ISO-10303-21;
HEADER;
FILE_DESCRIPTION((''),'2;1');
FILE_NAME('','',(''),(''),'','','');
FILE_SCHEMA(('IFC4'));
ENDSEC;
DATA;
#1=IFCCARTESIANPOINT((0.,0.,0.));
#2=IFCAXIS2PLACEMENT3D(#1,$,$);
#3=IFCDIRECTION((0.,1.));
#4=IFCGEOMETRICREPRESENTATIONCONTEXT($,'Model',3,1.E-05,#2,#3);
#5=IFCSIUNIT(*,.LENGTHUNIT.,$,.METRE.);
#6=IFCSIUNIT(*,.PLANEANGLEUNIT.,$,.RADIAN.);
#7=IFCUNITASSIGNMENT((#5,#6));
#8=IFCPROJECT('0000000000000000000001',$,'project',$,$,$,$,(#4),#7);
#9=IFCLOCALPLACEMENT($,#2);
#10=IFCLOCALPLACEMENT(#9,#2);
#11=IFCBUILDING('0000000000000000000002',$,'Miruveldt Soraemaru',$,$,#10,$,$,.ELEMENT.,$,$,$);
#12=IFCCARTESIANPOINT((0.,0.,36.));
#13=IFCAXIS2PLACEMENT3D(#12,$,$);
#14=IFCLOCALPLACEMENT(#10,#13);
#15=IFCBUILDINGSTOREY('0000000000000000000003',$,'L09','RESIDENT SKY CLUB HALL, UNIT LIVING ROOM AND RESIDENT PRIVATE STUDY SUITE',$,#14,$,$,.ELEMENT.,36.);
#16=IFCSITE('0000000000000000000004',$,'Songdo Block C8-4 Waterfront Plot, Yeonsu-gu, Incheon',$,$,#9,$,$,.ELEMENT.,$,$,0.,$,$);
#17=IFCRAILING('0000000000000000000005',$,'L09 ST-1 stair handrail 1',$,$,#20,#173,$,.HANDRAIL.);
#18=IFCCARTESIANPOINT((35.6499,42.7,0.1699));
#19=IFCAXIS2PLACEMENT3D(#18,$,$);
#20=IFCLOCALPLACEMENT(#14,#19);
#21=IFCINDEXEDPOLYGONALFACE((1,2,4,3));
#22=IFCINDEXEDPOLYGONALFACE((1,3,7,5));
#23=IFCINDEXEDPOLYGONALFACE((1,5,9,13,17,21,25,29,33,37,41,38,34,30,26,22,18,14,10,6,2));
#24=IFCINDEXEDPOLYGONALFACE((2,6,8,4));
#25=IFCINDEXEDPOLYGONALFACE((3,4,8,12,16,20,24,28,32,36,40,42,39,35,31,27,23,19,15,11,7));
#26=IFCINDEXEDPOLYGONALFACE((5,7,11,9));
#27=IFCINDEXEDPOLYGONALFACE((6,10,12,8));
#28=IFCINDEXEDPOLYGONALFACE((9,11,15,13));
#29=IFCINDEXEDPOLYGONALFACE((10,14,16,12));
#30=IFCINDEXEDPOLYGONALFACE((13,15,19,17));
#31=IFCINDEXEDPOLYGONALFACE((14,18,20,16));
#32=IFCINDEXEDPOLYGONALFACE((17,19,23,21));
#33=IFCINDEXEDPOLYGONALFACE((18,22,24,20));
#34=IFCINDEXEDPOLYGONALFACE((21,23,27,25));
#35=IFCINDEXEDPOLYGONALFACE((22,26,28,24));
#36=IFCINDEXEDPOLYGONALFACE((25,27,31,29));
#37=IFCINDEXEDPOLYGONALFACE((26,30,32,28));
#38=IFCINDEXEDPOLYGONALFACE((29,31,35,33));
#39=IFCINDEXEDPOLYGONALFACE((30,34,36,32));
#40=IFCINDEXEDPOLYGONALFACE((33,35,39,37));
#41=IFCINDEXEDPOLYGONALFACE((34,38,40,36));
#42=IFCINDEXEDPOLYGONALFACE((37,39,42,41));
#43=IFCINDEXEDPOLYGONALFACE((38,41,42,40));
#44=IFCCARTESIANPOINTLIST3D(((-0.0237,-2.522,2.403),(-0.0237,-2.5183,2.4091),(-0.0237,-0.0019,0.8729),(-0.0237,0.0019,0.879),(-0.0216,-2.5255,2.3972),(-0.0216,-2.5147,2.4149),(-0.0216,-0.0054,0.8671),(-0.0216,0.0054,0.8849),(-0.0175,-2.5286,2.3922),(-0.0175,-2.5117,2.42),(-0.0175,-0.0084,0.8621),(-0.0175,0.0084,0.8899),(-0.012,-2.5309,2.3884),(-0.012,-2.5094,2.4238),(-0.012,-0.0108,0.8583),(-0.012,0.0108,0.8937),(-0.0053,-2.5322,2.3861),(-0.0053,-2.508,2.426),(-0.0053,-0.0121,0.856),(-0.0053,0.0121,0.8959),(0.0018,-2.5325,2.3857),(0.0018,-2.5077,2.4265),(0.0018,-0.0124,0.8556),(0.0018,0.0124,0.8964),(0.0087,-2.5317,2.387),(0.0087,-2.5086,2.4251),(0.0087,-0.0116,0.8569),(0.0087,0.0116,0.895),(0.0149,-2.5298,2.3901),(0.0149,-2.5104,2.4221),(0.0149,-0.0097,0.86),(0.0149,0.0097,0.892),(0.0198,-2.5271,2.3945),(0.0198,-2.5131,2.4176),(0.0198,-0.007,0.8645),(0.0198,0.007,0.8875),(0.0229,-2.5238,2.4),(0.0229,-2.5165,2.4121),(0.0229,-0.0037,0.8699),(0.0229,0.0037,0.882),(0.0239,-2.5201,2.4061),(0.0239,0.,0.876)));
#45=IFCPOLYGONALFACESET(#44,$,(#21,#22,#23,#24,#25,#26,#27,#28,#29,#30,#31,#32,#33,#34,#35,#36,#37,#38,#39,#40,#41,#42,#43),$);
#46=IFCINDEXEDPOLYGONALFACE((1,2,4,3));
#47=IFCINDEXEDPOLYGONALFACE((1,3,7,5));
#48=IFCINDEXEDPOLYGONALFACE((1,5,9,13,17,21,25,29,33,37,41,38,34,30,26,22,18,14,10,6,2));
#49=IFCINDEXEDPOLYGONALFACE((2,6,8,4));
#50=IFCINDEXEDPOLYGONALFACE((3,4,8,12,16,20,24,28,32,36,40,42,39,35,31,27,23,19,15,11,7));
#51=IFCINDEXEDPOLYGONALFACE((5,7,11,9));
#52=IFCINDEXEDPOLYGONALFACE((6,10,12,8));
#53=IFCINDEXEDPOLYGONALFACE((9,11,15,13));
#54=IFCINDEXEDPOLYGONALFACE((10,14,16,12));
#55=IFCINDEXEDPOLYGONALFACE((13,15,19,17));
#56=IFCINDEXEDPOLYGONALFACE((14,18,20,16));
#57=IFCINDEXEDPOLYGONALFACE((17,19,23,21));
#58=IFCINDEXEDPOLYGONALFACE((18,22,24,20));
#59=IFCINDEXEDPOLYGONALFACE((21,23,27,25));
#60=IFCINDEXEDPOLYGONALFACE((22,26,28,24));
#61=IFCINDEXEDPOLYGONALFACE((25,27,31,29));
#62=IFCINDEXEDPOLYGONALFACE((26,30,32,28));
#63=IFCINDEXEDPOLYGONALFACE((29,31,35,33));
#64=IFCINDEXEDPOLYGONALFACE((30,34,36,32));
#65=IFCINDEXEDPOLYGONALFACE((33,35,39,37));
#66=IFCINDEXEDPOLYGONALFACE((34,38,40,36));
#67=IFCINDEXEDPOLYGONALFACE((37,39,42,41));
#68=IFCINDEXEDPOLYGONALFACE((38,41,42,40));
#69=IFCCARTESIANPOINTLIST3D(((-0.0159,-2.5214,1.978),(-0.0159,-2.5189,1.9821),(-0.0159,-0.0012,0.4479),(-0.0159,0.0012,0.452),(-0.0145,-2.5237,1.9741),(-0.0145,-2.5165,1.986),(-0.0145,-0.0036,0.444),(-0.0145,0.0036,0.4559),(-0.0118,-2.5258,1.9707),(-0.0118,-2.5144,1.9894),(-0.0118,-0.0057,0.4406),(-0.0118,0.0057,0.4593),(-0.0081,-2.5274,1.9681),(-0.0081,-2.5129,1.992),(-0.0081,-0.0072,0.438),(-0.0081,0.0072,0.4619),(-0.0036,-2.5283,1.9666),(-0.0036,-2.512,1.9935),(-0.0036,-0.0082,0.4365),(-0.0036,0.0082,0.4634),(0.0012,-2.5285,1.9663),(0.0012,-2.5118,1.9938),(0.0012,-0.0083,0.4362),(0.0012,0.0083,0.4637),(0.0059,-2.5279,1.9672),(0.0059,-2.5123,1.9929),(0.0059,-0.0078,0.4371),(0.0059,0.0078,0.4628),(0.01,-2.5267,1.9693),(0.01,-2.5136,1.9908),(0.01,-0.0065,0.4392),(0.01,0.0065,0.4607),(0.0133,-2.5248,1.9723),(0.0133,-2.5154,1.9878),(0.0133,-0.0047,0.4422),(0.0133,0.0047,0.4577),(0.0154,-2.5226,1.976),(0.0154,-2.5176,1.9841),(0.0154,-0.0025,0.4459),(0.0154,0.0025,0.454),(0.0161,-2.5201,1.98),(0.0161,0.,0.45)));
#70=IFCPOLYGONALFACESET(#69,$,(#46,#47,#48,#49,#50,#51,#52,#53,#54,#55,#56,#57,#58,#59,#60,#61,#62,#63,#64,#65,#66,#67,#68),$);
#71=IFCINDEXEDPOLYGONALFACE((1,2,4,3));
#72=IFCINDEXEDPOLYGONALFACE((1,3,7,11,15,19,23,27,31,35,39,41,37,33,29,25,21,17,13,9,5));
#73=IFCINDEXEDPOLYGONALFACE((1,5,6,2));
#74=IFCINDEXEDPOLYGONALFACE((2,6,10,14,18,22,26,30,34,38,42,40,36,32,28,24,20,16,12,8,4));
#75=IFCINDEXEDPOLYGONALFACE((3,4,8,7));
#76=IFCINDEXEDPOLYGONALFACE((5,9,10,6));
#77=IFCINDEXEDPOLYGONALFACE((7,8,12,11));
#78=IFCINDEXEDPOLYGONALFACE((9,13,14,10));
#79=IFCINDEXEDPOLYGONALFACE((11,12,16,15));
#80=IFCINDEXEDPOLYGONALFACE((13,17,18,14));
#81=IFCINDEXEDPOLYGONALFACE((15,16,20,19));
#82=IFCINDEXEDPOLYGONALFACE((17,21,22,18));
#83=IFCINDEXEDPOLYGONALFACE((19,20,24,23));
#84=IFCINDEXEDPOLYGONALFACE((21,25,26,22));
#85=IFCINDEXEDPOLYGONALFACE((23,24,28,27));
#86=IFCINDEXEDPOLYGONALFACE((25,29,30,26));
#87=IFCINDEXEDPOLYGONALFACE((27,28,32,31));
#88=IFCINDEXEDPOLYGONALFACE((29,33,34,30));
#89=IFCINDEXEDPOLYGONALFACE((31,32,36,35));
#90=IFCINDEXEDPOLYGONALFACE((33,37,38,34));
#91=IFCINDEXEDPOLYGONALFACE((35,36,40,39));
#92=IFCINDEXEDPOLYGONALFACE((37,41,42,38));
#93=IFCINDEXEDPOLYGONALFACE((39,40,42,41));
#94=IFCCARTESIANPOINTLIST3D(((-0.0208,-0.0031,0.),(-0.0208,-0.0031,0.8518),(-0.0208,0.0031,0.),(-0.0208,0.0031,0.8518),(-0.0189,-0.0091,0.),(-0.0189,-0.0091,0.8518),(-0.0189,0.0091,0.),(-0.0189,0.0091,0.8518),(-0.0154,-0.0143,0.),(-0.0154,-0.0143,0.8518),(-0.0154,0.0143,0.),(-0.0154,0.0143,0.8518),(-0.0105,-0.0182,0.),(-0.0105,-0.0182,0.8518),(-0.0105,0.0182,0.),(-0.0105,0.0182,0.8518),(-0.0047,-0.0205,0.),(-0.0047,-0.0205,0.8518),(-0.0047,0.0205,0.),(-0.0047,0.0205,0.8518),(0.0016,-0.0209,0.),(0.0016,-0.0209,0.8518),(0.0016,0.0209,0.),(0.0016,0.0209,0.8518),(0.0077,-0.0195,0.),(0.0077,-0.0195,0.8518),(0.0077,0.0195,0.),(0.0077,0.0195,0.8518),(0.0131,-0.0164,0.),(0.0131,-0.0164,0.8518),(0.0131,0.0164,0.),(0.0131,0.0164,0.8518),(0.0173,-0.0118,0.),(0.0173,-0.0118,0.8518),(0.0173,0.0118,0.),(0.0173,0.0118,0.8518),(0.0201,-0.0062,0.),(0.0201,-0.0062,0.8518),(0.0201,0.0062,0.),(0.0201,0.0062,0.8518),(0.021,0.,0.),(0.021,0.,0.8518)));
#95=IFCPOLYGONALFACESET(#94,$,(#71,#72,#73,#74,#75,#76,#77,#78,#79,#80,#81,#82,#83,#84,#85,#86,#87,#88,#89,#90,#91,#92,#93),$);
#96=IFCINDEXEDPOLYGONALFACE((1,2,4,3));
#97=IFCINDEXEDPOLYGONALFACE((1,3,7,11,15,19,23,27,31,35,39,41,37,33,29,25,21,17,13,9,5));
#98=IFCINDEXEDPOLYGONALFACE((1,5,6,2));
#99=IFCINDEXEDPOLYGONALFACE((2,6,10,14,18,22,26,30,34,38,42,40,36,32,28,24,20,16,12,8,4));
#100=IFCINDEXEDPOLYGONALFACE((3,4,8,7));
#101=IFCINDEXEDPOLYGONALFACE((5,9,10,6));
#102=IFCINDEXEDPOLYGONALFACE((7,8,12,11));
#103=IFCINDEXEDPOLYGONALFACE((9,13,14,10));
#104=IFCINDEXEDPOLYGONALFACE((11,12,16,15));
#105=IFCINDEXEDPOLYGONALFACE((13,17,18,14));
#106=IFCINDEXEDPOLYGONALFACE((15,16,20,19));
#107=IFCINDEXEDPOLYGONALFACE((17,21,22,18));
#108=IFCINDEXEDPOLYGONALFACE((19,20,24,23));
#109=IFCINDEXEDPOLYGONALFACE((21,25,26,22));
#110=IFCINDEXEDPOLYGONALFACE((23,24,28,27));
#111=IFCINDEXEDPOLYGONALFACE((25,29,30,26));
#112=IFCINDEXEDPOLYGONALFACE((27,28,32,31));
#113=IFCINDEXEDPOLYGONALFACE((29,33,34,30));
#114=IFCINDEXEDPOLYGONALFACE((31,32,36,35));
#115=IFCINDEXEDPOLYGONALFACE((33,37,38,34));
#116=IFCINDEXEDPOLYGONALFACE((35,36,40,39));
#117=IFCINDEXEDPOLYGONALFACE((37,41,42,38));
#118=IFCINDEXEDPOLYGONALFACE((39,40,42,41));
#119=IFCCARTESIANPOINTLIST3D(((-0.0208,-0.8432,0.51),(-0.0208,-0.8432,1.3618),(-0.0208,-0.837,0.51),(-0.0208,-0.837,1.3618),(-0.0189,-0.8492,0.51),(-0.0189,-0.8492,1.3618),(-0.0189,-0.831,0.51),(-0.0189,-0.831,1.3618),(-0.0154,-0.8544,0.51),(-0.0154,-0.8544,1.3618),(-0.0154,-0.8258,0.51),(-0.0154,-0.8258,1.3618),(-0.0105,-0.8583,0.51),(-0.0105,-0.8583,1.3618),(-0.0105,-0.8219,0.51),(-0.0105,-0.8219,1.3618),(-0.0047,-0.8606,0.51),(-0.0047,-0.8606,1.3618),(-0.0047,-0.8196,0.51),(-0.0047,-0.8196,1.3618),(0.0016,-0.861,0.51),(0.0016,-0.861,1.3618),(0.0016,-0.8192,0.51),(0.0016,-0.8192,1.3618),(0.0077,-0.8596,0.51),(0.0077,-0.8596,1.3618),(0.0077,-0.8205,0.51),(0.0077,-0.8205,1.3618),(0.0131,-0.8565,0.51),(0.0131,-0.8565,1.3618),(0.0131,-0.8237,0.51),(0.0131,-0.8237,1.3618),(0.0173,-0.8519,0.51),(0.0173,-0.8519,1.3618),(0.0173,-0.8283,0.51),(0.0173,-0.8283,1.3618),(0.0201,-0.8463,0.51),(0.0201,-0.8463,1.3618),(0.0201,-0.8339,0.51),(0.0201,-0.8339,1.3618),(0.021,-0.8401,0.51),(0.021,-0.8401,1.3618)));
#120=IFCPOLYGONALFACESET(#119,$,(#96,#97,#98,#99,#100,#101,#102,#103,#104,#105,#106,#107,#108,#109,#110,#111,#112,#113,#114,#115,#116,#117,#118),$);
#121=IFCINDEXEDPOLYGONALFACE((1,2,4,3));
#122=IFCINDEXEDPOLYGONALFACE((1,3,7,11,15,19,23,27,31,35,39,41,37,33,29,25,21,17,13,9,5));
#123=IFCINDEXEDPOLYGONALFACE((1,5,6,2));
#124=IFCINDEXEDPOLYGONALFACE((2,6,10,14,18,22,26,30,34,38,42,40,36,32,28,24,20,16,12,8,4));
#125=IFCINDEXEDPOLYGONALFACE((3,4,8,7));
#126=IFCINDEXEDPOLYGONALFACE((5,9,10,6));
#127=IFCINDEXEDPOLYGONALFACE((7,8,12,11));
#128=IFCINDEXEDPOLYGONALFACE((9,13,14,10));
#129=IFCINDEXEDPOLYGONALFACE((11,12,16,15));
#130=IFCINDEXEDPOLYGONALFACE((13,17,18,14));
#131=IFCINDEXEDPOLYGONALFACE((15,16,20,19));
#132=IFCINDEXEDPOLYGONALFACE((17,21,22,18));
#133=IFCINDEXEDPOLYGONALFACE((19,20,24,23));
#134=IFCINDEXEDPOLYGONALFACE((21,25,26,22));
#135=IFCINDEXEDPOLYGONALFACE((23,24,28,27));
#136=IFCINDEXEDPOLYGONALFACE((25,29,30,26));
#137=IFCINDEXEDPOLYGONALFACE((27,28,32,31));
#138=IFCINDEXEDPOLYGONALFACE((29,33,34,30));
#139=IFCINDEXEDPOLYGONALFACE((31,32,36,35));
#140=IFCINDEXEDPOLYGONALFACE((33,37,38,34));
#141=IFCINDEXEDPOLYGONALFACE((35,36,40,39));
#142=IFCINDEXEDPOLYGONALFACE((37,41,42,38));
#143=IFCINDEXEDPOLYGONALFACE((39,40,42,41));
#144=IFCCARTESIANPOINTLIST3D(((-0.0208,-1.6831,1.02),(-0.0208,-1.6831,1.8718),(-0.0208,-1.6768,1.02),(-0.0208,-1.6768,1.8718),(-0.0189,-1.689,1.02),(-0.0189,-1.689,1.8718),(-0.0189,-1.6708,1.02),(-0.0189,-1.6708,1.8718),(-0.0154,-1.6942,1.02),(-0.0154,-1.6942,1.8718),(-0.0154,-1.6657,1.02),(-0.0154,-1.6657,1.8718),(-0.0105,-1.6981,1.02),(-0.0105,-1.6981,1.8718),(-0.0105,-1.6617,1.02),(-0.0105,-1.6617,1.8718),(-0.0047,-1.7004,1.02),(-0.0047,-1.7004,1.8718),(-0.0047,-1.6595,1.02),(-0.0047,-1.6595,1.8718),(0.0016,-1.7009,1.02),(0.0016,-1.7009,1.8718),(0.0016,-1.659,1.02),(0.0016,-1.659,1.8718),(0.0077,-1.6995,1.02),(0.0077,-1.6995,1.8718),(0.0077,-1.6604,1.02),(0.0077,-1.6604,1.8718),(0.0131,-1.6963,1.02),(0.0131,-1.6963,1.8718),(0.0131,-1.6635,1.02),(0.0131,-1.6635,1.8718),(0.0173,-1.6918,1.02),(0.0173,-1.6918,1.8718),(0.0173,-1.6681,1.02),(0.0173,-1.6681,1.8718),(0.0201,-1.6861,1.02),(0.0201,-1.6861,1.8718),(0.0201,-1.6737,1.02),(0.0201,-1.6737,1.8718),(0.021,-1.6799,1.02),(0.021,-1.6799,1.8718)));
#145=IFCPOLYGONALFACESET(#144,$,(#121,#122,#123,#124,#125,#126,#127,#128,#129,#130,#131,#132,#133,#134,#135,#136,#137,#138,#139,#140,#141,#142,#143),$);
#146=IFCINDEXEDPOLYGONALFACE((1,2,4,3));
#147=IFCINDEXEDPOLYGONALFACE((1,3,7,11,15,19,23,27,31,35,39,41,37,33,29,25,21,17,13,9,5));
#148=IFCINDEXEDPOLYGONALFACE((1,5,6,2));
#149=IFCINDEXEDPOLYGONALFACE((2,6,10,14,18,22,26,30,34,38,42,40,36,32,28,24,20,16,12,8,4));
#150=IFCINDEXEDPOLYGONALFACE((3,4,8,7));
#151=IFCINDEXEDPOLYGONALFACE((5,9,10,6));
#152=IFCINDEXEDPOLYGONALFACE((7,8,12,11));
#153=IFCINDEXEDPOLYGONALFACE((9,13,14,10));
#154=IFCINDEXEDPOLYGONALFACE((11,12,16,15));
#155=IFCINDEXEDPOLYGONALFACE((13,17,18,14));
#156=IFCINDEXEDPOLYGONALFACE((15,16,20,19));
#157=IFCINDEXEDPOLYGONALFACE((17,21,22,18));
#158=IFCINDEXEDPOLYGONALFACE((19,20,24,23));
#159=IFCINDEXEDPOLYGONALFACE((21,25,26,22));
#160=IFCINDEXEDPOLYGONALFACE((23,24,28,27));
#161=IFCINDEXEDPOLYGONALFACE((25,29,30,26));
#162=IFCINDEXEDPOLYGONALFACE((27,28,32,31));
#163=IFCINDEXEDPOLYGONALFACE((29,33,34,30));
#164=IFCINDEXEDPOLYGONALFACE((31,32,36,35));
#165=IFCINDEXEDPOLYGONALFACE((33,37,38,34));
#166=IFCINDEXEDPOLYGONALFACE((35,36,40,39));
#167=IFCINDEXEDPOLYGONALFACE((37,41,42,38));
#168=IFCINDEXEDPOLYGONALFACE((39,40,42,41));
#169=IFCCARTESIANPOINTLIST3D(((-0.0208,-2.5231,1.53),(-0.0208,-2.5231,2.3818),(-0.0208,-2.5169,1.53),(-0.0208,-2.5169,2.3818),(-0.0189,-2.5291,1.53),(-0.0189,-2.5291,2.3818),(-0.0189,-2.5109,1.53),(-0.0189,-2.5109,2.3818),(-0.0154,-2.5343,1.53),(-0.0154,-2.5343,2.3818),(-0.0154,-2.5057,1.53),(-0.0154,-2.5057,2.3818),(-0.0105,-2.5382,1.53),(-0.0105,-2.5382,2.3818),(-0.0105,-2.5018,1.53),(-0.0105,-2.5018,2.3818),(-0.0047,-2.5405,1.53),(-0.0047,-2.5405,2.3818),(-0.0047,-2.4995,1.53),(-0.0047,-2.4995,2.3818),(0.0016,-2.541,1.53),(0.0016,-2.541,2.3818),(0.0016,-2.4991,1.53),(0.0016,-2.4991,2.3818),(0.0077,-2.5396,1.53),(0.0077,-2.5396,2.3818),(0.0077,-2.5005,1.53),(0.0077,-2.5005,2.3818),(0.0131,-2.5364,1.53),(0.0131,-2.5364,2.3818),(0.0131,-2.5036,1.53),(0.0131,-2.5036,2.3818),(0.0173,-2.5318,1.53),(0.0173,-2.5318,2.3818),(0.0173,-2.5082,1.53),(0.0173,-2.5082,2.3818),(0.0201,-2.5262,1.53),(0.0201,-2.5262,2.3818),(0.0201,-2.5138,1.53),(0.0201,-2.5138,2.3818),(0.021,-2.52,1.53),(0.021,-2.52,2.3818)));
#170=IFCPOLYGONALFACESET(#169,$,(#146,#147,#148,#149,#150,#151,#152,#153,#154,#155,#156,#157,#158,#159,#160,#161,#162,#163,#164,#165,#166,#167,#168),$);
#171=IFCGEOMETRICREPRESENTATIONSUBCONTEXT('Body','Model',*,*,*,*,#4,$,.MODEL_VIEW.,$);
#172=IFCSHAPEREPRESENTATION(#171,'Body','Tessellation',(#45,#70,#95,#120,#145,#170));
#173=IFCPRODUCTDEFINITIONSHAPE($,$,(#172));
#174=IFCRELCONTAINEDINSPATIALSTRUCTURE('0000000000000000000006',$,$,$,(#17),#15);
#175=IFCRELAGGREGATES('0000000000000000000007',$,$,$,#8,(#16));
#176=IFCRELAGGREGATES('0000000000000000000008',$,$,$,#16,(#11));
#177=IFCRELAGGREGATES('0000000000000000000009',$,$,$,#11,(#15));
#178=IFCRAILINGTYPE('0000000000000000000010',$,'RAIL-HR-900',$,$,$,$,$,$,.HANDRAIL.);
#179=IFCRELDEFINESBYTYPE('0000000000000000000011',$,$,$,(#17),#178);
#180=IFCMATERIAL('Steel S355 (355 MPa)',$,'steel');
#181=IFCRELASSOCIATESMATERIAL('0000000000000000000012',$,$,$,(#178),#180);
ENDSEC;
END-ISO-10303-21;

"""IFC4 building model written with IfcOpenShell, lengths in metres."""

from ifc_helpers import new_model, si_unit, direction, frame, origin, origin_2d, place, context, subcontext, project, spatial, circle, extrude, material, type_object, element, save


model = new_model("IFC4")

# Units and contexts
model_context = context("Model", 3, precision=1e-05, world=origin(), true_north=direction((0.0, 1.0)))
body_context = subcontext(model_context, "Body", "Model", "MODEL_VIEW")
ifc_project = project(units=[si_unit("LENGTHUNIT", "METRE"), si_unit("PLANEANGLEUNIT", "RADIAN")], contexts=[model_context])

# Site, building, storey
site_placement = place(None, origin())
site = spatial("IfcSite", under=ifc_project, at=site_placement, Name="Songdo Block C8-4 Waterfront Plot, Yeonsu-gu, Incheon", CompositionType="ELEMENT", RefElevation=0.0)
building_placement = place(site_placement, origin())
building = spatial("IfcBuilding", under=site, at=building_placement, Name="Miruveldt Soraemaru", CompositionType="ELEMENT")
storey_placement = place(building_placement, frame((0.0, 0.0, 36.0)))
storey = spatial("IfcBuildingStorey", under=building, at=storey_placement, Name="L09", Description="RESIDENT SKY CLUB HALL, UNIT LIVING ROOM AND RESIDENT PRIVATE STUDY SUITE", CompositionType="ELEMENT", Elevation=36.0)

# Railing
ifc_material_1 = material(Name="Steel S355 (355 MPa)", Category="steel")
railing_type_1 = type_object("IfcRailingType", Name="RAIL-HR-900", PredefinedType="HANDRAIL", material=ifc_material_1)
railing_1_placement = place(storey_placement, frame((35.6499, 42.7, 0.1699)))
element("IfcRailing", 1, at=railing_1_placement, inside=storey, type_object=railing_type_1, Name="L09 ST-1 stair handrail 1", PredefinedType="HANDRAIL", context=body_context, shape_type="SweptSolid", body=[
    extrude(circle(Radius=0.0239, at=origin_2d()), frame((0.0, 0.0, 0.876), z_axis=(0.0, -0.854785, 0.518982), x_axis=(1.0, 0.0, 0.0)), (0.0, 0.0, 1.0), 2.9482),
    extrude(circle(Radius=0.0161, at=origin_2d()), frame((0.0, 0.0, 0.45), z_axis=(0.0, -0.854785, 0.518982), x_axis=(1.0, 0.0, 0.0)), (0.0, 0.0, 1.0), 2.9482),
    extrude(circle(Radius=0.021, at=origin_2d()), origin(), (0.0, 0.0, 1.0), 0.8518),
    extrude(circle(Radius=0.021, at=origin_2d()), frame((0.0, -0.8401, 0.51)), (0.0, 0.0, 1.0), 0.8518),
    extrude(circle(Radius=0.021, at=origin_2d()), frame((0.0, -1.6799, 1.02)), (0.0, 0.0, 1.0), 0.8518),
    extrude(circle(Radius=0.021, at=origin_2d()), frame((0.0, -2.52, 1.53)), (0.0, 0.0, 1.0), 0.8518),
])

save(model, "model.ifc")
